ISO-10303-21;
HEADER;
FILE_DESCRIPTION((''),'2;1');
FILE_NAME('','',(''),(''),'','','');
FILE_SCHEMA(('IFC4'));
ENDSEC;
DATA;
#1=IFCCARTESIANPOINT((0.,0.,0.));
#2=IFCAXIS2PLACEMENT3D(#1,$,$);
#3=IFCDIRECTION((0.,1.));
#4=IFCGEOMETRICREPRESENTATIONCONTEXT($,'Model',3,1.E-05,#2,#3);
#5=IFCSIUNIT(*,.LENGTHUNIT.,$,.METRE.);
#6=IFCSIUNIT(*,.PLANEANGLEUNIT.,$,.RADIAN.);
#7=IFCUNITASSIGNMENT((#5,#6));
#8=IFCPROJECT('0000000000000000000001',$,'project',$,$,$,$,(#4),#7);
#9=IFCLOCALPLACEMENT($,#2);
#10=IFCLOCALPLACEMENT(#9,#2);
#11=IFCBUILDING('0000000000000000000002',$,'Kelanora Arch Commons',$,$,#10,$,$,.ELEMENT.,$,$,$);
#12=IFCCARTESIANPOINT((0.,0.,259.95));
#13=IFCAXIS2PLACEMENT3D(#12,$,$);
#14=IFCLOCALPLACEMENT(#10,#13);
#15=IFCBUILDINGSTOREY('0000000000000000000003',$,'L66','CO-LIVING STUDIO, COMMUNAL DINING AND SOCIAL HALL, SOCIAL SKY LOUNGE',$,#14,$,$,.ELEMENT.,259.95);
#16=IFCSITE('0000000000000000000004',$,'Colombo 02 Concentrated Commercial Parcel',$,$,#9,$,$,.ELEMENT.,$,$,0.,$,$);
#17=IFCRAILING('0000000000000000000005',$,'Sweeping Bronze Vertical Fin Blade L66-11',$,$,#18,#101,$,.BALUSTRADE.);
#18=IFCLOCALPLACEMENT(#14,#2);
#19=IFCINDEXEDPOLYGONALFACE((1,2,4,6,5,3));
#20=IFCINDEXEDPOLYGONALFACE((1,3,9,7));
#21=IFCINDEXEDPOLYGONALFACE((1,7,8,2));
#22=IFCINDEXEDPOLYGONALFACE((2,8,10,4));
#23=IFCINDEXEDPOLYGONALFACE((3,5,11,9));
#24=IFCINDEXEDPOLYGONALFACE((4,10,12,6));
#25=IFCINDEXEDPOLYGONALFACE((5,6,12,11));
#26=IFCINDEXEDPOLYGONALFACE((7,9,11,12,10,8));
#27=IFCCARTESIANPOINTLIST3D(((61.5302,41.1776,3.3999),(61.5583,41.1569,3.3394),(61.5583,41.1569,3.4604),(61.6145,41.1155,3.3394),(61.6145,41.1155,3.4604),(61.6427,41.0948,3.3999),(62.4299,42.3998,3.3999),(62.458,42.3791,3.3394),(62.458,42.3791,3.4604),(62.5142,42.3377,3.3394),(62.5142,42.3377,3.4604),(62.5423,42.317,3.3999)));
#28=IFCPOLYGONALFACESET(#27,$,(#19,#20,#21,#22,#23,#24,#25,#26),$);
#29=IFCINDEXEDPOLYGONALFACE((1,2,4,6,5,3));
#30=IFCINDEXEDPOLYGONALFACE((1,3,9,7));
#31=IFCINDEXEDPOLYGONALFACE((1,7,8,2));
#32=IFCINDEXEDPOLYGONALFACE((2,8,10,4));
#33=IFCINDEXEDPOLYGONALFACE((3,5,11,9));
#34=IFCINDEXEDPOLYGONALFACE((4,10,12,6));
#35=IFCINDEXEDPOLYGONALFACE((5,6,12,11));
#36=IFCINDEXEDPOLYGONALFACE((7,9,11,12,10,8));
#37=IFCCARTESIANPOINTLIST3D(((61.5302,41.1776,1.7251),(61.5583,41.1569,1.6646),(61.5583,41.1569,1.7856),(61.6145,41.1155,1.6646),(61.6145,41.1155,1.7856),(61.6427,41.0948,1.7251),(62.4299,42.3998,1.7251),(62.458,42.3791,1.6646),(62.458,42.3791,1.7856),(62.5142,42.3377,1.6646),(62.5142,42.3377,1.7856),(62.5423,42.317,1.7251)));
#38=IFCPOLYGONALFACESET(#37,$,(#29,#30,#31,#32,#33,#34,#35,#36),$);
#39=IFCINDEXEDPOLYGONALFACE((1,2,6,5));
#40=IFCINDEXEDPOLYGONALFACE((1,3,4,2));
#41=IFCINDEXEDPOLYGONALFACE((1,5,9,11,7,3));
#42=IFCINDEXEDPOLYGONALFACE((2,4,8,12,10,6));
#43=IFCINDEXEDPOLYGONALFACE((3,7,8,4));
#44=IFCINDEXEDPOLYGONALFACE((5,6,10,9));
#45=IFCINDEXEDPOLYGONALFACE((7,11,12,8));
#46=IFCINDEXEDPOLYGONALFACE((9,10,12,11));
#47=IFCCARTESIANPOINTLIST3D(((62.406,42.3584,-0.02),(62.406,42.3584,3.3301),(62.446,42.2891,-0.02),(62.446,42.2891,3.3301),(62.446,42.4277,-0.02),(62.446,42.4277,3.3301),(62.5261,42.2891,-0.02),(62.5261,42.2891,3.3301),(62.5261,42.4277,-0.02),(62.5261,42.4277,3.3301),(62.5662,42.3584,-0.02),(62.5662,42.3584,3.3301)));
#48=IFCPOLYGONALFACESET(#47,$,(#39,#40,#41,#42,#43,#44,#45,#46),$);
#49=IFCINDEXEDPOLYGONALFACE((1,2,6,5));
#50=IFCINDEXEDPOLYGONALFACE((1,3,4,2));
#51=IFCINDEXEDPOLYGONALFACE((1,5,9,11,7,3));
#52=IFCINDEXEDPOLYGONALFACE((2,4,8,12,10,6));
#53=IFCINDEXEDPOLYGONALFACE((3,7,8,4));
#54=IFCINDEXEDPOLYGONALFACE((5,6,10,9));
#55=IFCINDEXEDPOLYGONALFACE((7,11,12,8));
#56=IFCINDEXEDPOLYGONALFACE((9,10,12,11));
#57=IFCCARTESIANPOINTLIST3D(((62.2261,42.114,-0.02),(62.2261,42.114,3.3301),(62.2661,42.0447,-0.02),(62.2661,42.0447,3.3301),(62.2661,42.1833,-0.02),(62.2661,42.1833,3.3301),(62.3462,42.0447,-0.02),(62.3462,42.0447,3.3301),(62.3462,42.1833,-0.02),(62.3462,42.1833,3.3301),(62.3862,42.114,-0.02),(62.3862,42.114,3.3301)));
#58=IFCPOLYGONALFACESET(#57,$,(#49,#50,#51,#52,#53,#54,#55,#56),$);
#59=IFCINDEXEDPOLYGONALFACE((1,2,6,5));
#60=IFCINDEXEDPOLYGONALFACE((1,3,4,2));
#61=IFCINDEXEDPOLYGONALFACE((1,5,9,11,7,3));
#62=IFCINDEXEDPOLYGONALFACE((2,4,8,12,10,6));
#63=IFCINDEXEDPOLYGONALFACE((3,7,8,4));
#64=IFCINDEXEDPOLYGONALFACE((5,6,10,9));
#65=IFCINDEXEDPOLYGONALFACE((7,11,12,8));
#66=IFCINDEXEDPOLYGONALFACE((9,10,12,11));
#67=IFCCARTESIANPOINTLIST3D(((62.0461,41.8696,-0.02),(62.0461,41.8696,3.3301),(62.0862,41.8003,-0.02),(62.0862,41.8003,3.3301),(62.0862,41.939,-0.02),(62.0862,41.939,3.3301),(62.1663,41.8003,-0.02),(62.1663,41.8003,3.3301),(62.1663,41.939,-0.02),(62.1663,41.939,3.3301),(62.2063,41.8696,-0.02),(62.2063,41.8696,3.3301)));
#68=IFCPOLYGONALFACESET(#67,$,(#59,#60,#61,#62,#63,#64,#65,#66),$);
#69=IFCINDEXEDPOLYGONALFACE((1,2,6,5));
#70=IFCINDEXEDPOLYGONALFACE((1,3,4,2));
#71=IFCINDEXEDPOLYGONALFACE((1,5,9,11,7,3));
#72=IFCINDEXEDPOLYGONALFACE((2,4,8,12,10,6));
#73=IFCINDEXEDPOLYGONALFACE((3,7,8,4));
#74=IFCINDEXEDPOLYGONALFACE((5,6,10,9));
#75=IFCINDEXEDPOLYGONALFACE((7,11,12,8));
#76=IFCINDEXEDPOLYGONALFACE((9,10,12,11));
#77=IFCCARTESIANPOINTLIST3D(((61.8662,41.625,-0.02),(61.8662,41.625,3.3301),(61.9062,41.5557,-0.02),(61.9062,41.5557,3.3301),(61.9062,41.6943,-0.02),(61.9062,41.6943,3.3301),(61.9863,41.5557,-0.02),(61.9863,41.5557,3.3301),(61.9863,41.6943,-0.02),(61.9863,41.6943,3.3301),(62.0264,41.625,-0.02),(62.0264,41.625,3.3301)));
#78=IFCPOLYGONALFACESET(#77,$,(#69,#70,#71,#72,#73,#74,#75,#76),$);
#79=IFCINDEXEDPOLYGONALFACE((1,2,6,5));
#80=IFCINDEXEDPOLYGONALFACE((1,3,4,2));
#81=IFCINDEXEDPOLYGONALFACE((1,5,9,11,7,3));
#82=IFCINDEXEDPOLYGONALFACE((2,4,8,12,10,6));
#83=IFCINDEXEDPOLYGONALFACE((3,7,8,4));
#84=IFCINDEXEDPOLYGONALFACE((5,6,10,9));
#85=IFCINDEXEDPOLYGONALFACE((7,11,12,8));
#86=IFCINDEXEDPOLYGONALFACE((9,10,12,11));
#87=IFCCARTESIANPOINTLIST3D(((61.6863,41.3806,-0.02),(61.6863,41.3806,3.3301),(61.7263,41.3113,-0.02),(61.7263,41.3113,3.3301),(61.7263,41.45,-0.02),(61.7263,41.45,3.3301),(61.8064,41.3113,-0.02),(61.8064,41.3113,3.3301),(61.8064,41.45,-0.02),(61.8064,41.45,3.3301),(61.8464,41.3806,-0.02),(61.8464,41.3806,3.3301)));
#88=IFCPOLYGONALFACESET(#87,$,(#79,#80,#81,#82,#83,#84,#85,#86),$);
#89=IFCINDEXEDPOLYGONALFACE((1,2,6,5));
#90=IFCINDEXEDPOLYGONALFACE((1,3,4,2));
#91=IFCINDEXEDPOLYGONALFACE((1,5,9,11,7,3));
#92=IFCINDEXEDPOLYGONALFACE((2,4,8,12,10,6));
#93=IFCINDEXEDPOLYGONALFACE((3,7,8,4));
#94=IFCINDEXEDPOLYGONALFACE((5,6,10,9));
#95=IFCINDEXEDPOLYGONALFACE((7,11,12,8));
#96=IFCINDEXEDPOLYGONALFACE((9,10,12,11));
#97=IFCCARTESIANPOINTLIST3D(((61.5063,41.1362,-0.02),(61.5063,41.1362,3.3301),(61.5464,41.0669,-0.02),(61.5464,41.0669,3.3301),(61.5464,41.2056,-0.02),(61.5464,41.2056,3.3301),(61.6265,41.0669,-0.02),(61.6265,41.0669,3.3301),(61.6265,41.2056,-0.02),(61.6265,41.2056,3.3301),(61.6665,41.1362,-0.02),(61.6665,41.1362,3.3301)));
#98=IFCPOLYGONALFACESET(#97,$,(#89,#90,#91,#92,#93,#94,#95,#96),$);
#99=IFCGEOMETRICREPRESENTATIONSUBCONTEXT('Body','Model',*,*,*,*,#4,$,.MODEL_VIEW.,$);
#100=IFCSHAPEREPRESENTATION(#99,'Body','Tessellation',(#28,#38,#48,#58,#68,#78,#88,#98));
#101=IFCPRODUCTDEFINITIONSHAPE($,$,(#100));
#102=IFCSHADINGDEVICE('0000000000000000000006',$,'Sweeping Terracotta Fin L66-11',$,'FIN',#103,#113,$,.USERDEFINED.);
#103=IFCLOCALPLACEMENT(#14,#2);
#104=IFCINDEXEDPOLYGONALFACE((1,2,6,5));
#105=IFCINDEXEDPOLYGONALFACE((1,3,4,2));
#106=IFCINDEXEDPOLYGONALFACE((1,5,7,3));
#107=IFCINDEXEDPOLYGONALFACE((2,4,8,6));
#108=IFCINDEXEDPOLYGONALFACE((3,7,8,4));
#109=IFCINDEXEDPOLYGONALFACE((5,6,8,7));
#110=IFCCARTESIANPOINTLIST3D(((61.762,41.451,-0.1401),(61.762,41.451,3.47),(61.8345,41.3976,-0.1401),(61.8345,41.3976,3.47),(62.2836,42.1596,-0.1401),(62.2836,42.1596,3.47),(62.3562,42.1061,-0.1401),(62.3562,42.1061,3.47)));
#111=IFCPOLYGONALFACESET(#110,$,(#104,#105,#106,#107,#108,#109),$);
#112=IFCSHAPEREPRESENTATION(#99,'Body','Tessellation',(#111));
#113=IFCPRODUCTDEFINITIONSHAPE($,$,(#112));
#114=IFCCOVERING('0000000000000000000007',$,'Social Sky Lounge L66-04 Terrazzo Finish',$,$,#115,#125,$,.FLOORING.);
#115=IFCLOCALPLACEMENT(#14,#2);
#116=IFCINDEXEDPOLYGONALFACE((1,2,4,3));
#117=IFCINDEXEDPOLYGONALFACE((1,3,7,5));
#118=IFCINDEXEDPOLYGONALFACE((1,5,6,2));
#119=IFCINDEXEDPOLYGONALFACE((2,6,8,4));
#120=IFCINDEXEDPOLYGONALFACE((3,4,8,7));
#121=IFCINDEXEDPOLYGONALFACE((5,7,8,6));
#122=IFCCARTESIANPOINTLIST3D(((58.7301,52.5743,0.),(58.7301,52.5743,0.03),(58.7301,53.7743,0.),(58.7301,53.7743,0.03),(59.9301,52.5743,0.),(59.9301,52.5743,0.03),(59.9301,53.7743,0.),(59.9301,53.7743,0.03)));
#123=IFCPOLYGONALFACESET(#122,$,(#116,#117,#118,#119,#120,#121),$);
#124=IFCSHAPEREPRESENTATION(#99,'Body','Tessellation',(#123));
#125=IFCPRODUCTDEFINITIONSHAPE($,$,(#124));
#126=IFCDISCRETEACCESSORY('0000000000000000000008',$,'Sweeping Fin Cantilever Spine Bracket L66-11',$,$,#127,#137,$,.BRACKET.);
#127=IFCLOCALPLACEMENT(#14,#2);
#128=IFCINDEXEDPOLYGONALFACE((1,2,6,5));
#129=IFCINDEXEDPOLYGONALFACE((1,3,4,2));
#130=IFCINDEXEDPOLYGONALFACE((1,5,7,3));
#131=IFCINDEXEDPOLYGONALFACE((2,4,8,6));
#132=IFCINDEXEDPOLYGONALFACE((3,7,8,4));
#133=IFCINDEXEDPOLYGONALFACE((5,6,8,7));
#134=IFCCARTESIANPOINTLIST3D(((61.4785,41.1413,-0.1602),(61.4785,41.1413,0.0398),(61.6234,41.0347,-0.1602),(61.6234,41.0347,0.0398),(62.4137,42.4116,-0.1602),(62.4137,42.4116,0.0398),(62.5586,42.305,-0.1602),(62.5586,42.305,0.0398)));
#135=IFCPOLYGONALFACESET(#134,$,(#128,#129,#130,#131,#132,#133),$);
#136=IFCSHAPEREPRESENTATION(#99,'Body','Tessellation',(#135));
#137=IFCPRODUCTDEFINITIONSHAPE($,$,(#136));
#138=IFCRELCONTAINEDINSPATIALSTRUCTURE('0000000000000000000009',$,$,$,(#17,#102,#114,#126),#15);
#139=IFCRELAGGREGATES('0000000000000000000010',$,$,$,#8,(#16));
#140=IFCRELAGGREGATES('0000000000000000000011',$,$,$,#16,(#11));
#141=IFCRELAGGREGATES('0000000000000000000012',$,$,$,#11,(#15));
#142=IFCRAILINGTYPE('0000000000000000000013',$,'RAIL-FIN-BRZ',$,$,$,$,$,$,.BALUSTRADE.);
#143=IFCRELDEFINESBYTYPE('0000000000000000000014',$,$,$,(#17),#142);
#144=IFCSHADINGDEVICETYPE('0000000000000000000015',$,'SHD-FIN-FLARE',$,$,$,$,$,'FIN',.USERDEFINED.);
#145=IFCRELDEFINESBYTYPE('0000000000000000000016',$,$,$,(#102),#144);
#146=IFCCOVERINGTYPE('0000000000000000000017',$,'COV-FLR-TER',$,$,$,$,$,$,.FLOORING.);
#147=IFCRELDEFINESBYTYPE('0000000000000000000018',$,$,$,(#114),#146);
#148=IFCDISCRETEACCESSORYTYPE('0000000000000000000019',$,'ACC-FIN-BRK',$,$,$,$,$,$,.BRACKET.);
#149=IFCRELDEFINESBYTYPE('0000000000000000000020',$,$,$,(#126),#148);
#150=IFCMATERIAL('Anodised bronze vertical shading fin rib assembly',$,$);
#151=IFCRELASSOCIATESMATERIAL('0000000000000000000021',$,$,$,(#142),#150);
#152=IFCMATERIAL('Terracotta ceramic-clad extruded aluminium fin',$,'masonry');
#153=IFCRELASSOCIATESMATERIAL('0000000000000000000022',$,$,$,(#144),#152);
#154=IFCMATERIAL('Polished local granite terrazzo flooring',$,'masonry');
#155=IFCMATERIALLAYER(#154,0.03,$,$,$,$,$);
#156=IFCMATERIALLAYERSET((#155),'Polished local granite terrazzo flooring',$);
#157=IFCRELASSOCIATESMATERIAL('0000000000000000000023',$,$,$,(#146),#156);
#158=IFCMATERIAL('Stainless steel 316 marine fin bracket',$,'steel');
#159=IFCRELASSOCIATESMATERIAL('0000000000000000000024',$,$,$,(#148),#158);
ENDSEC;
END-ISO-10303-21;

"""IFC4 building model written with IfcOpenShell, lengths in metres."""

from ifc_helpers import new_model, si_unit, direction, frame, origin, origin_2d, place, context, subcontext, project, spatial, polyline, rectangle, outline, extrude, source, transform, mapped, material, layer, layer_set, type_object, element, save


model = new_model("IFC4")

# Units and contexts
model_context = context("Model", 3, precision=1e-05, world=origin(), true_north=direction((0.0, 1.0)))
body_context = subcontext(model_context, "Body", "Model", "MODEL_VIEW")
ifc_project = project(units=[si_unit("LENGTHUNIT", "METRE"), si_unit("PLANEANGLEUNIT", "RADIAN")], contexts=[model_context])

# Site, building, storey
site_placement = place(None, origin())
site = spatial("IfcSite", under=ifc_project, at=site_placement, Name="Colombo 02 Concentrated Commercial Parcel", CompositionType="ELEMENT", RefElevation=0.0)
building_placement = place(site_placement, origin())
building = spatial("IfcBuilding", under=site, at=building_placement, Name="Kelanora Arch Commons", CompositionType="ELEMENT")
storey_placement = place(building_placement, frame((0.0, 0.0, 259.95)))
storey = spatial("IfcBuildingStorey", under=building, at=storey_placement, Name="L66", Description="CO-LIVING STUDIO, COMMUNAL DINING AND SOCIAL HALL, SOCIAL SKY LOUNGE", CompositionType="ELEMENT", Elevation=259.95)

# Railing
ifc_material_1 = material(Name="Anodised bronze vertical shading fin rib assembly")
railing_type = type_object("IfcRailingType", Name="RAIL-FIN-BRZ", PredefinedType="BALUSTRADE", material=ifc_material_1)
railing_placement = place(storey_placement, frame((62.4861, 42.3584, -0.02)))
element("IfcRailing", 1, at=railing_placement, inside=storey, type_object=railing_type, Name="Sweeping Bronze Vertical Fin Blade L66-11", PredefinedType="BALUSTRADE", context=body_context, shape_type="SweptSolid", body=[
    extrude(outline(polyline([(0.0698, 0.0), (0.0349, 0.0605), (-0.0349, 0.0605), (-0.0698, 0.0), (-0.0349, -0.0605), (0.0349, -0.0605), (0.0698, 0.0)])), frame((0.0, 0.0, 3.4199), z_axis=(-0.59282, -0.805335, 0.0), x_axis=(0.805335, -0.59282, 0.0)), (0.0, 0.0, 1.0), 1.5176),
    extrude(outline(polyline([(0.0698, 0.0), (0.0349, 0.0605), (-0.0349, 0.0605), (-0.0698, 0.0), (-0.0349, -0.0605), (0.0349, -0.0605), (0.0698, 0.0)])), frame((0.0, 0.0, 1.7451), z_axis=(-0.59282, -0.805335, 0.0), x_axis=(0.805335, -0.59282, 0.0)), (0.0, 0.0, 1.0), 1.5176),
    extrude(outline(polyline([(0.0801, 0.0), (0.04, 0.0693), (-0.04, 0.0693), (-0.0801, 0.0), (-0.04, -0.0693), (0.04, -0.0693), (0.0801, 0.0)])), origin(), (0.0, 0.0, 1.0), 3.3501),
    extrude(outline(polyline([(0.0801, 0.0), (0.04, 0.0693), (-0.04, 0.0693), (-0.0801, 0.0), (-0.04, -0.0693), (0.04, -0.0693), (0.0801, 0.0)])), frame((-0.1799, -0.2444, 0.0)), (0.0, 0.0, 1.0), 3.3501),
    extrude(outline(polyline([(0.0801, 0.0), (0.04, 0.0693), (-0.04, 0.0693), (-0.0801, 0.0), (-0.04, -0.0693), (0.04, -0.0693), (0.0801, 0.0)])), frame((-0.3599, -0.4888, 0.0)), (0.0, 0.0, 1.0), 3.3501),
    extrude(outline(polyline([(0.0801, 0.0), (0.04, 0.0693), (-0.04, 0.0693), (-0.0801, 0.0), (-0.04, -0.0693), (0.04, -0.0693), (0.0801, 0.0)])), frame((-0.5398, -0.7334, 0.0)), (0.0, 0.0, 1.0), 3.3501),
    extrude(outline(polyline([(0.0801, 0.0), (0.04, 0.0693), (-0.04, 0.0693), (-0.0801, 0.0), (-0.04, -0.0693), (0.04, -0.0693), (0.0801, 0.0)])), frame((-0.7197, -0.9778, 0.0)), (0.0, 0.0, 1.0), 3.3501),
    extrude(outline(polyline([(0.0801, 0.0), (0.04, 0.0693), (-0.04, 0.0693), (-0.0801, 0.0), (-0.04, -0.0693), (0.04, -0.0693), (0.0801, 0.0)])), frame((-0.8997, -1.2222, 0.0)), (0.0, 0.0, 1.0), 3.3501),
])

# Shading device
ifc_material_2 = material(Name="Terracotta ceramic-clad extruded aluminium fin", Category="masonry")
shading_device_type = type_object("IfcShadingDeviceType", Name="SHD-FIN-FLARE", ElementType="FIN", PredefinedType="USERDEFINED", material=ifc_material_2)
shared_shape_1 = source(origin(), body_context, "Body", "SweptSolid", [
    extrude(rectangle(XDim=0.8799, YDim=0.0901, at=origin_2d()), origin(), (0.0, 0.0, 1.0), 3.6101),
])
shading_device_placement = place(storey_placement, frame((62.0591, 41.7786, -0.1401), z_axis=(0.0, 0.0, 1.0), x_axis=(-0.592857, -0.805308, 0.0)))
element("IfcShadingDevice", 2, at=shading_device_placement, inside=storey, type_object=shading_device_type, Name="Sweeping Terracotta Fin L66-11", ObjectType="FIN", PredefinedType="USERDEFINED", context=body_context, shape_type="MappedRepresentation", body=[
    mapped(shared_shape_1, transform((0.0, 0.0, 0.0), scale=1.0)),
])

# Covering
ifc_material_3 = material(Name="Polished local granite terrazzo flooring", Category="masonry")
ifc_layer_1 = layer(ifc_material_3, 0.03)
ifc_layer_set_1 = layer_set([ifc_layer_1], Name="Polished local granite terrazzo flooring")
covering_type = type_object("IfcCoveringType", Name="COV-FLR-TER", PredefinedType="FLOORING", material=ifc_layer_set_1)
shared_shape_2 = source(origin(), body_context, "Body", "SweptSolid", [
    extrude(rectangle(XDim=1.2, YDim=1.2, at=origin_2d()), origin(), (0.0, 0.0, 1.0), 0.03),
])
covering_placement = place(storey_placement, frame((59.3301, 53.1743, 0.0), z_axis=(0.0, 0.0, 1.0), x_axis=(1.0, 0.0, 0.0)))
element("IfcCovering", 3, at=covering_placement, inside=storey, type_object=covering_type, Name="Social Sky Lounge L66-04 Terrazzo Finish", PredefinedType="FLOORING", context=body_context, shape_type="MappedRepresentation", body=[
    mapped(shared_shape_2, transform((0.0, 0.0, 0.0), scale=1.0)),
])

# Discrete accessory
ifc_material_4 = material(Name="Stainless steel 316 marine fin bracket", Category="steel")
discrete_accessory_type = type_object("IfcDiscreteAccessoryType", Name="ACC-FIN-BRK", PredefinedType="BRACKET", material=ifc_material_4)
shared_shape_3 = source(origin(), body_context, "Body", "SweptSolid", [
    extrude(rectangle(XDim=1.5774, YDim=0.1799, at=origin_2d()), origin(), (0.0, 0.0, 1.0), 0.2),
])
discrete_accessory_placement = place(storey_placement, frame((62.0186, 41.7231, -0.1602), z_axis=(0.0, 0.0, 1.0), x_axis=(-0.592857, -0.805308, 0.0)))
element("IfcDiscreteAccessory", 4, at=discrete_accessory_placement, inside=storey, type_object=discrete_accessory_type, Name="Sweeping Fin Cantilever Spine Bracket L66-11", PredefinedType="BRACKET", context=body_context, shape_type="MappedRepresentation", body=[
    mapped(shared_shape_3, transform((0.0, 0.0, 0.0), scale=1.0)),
])

save(model, "model.ifc")
